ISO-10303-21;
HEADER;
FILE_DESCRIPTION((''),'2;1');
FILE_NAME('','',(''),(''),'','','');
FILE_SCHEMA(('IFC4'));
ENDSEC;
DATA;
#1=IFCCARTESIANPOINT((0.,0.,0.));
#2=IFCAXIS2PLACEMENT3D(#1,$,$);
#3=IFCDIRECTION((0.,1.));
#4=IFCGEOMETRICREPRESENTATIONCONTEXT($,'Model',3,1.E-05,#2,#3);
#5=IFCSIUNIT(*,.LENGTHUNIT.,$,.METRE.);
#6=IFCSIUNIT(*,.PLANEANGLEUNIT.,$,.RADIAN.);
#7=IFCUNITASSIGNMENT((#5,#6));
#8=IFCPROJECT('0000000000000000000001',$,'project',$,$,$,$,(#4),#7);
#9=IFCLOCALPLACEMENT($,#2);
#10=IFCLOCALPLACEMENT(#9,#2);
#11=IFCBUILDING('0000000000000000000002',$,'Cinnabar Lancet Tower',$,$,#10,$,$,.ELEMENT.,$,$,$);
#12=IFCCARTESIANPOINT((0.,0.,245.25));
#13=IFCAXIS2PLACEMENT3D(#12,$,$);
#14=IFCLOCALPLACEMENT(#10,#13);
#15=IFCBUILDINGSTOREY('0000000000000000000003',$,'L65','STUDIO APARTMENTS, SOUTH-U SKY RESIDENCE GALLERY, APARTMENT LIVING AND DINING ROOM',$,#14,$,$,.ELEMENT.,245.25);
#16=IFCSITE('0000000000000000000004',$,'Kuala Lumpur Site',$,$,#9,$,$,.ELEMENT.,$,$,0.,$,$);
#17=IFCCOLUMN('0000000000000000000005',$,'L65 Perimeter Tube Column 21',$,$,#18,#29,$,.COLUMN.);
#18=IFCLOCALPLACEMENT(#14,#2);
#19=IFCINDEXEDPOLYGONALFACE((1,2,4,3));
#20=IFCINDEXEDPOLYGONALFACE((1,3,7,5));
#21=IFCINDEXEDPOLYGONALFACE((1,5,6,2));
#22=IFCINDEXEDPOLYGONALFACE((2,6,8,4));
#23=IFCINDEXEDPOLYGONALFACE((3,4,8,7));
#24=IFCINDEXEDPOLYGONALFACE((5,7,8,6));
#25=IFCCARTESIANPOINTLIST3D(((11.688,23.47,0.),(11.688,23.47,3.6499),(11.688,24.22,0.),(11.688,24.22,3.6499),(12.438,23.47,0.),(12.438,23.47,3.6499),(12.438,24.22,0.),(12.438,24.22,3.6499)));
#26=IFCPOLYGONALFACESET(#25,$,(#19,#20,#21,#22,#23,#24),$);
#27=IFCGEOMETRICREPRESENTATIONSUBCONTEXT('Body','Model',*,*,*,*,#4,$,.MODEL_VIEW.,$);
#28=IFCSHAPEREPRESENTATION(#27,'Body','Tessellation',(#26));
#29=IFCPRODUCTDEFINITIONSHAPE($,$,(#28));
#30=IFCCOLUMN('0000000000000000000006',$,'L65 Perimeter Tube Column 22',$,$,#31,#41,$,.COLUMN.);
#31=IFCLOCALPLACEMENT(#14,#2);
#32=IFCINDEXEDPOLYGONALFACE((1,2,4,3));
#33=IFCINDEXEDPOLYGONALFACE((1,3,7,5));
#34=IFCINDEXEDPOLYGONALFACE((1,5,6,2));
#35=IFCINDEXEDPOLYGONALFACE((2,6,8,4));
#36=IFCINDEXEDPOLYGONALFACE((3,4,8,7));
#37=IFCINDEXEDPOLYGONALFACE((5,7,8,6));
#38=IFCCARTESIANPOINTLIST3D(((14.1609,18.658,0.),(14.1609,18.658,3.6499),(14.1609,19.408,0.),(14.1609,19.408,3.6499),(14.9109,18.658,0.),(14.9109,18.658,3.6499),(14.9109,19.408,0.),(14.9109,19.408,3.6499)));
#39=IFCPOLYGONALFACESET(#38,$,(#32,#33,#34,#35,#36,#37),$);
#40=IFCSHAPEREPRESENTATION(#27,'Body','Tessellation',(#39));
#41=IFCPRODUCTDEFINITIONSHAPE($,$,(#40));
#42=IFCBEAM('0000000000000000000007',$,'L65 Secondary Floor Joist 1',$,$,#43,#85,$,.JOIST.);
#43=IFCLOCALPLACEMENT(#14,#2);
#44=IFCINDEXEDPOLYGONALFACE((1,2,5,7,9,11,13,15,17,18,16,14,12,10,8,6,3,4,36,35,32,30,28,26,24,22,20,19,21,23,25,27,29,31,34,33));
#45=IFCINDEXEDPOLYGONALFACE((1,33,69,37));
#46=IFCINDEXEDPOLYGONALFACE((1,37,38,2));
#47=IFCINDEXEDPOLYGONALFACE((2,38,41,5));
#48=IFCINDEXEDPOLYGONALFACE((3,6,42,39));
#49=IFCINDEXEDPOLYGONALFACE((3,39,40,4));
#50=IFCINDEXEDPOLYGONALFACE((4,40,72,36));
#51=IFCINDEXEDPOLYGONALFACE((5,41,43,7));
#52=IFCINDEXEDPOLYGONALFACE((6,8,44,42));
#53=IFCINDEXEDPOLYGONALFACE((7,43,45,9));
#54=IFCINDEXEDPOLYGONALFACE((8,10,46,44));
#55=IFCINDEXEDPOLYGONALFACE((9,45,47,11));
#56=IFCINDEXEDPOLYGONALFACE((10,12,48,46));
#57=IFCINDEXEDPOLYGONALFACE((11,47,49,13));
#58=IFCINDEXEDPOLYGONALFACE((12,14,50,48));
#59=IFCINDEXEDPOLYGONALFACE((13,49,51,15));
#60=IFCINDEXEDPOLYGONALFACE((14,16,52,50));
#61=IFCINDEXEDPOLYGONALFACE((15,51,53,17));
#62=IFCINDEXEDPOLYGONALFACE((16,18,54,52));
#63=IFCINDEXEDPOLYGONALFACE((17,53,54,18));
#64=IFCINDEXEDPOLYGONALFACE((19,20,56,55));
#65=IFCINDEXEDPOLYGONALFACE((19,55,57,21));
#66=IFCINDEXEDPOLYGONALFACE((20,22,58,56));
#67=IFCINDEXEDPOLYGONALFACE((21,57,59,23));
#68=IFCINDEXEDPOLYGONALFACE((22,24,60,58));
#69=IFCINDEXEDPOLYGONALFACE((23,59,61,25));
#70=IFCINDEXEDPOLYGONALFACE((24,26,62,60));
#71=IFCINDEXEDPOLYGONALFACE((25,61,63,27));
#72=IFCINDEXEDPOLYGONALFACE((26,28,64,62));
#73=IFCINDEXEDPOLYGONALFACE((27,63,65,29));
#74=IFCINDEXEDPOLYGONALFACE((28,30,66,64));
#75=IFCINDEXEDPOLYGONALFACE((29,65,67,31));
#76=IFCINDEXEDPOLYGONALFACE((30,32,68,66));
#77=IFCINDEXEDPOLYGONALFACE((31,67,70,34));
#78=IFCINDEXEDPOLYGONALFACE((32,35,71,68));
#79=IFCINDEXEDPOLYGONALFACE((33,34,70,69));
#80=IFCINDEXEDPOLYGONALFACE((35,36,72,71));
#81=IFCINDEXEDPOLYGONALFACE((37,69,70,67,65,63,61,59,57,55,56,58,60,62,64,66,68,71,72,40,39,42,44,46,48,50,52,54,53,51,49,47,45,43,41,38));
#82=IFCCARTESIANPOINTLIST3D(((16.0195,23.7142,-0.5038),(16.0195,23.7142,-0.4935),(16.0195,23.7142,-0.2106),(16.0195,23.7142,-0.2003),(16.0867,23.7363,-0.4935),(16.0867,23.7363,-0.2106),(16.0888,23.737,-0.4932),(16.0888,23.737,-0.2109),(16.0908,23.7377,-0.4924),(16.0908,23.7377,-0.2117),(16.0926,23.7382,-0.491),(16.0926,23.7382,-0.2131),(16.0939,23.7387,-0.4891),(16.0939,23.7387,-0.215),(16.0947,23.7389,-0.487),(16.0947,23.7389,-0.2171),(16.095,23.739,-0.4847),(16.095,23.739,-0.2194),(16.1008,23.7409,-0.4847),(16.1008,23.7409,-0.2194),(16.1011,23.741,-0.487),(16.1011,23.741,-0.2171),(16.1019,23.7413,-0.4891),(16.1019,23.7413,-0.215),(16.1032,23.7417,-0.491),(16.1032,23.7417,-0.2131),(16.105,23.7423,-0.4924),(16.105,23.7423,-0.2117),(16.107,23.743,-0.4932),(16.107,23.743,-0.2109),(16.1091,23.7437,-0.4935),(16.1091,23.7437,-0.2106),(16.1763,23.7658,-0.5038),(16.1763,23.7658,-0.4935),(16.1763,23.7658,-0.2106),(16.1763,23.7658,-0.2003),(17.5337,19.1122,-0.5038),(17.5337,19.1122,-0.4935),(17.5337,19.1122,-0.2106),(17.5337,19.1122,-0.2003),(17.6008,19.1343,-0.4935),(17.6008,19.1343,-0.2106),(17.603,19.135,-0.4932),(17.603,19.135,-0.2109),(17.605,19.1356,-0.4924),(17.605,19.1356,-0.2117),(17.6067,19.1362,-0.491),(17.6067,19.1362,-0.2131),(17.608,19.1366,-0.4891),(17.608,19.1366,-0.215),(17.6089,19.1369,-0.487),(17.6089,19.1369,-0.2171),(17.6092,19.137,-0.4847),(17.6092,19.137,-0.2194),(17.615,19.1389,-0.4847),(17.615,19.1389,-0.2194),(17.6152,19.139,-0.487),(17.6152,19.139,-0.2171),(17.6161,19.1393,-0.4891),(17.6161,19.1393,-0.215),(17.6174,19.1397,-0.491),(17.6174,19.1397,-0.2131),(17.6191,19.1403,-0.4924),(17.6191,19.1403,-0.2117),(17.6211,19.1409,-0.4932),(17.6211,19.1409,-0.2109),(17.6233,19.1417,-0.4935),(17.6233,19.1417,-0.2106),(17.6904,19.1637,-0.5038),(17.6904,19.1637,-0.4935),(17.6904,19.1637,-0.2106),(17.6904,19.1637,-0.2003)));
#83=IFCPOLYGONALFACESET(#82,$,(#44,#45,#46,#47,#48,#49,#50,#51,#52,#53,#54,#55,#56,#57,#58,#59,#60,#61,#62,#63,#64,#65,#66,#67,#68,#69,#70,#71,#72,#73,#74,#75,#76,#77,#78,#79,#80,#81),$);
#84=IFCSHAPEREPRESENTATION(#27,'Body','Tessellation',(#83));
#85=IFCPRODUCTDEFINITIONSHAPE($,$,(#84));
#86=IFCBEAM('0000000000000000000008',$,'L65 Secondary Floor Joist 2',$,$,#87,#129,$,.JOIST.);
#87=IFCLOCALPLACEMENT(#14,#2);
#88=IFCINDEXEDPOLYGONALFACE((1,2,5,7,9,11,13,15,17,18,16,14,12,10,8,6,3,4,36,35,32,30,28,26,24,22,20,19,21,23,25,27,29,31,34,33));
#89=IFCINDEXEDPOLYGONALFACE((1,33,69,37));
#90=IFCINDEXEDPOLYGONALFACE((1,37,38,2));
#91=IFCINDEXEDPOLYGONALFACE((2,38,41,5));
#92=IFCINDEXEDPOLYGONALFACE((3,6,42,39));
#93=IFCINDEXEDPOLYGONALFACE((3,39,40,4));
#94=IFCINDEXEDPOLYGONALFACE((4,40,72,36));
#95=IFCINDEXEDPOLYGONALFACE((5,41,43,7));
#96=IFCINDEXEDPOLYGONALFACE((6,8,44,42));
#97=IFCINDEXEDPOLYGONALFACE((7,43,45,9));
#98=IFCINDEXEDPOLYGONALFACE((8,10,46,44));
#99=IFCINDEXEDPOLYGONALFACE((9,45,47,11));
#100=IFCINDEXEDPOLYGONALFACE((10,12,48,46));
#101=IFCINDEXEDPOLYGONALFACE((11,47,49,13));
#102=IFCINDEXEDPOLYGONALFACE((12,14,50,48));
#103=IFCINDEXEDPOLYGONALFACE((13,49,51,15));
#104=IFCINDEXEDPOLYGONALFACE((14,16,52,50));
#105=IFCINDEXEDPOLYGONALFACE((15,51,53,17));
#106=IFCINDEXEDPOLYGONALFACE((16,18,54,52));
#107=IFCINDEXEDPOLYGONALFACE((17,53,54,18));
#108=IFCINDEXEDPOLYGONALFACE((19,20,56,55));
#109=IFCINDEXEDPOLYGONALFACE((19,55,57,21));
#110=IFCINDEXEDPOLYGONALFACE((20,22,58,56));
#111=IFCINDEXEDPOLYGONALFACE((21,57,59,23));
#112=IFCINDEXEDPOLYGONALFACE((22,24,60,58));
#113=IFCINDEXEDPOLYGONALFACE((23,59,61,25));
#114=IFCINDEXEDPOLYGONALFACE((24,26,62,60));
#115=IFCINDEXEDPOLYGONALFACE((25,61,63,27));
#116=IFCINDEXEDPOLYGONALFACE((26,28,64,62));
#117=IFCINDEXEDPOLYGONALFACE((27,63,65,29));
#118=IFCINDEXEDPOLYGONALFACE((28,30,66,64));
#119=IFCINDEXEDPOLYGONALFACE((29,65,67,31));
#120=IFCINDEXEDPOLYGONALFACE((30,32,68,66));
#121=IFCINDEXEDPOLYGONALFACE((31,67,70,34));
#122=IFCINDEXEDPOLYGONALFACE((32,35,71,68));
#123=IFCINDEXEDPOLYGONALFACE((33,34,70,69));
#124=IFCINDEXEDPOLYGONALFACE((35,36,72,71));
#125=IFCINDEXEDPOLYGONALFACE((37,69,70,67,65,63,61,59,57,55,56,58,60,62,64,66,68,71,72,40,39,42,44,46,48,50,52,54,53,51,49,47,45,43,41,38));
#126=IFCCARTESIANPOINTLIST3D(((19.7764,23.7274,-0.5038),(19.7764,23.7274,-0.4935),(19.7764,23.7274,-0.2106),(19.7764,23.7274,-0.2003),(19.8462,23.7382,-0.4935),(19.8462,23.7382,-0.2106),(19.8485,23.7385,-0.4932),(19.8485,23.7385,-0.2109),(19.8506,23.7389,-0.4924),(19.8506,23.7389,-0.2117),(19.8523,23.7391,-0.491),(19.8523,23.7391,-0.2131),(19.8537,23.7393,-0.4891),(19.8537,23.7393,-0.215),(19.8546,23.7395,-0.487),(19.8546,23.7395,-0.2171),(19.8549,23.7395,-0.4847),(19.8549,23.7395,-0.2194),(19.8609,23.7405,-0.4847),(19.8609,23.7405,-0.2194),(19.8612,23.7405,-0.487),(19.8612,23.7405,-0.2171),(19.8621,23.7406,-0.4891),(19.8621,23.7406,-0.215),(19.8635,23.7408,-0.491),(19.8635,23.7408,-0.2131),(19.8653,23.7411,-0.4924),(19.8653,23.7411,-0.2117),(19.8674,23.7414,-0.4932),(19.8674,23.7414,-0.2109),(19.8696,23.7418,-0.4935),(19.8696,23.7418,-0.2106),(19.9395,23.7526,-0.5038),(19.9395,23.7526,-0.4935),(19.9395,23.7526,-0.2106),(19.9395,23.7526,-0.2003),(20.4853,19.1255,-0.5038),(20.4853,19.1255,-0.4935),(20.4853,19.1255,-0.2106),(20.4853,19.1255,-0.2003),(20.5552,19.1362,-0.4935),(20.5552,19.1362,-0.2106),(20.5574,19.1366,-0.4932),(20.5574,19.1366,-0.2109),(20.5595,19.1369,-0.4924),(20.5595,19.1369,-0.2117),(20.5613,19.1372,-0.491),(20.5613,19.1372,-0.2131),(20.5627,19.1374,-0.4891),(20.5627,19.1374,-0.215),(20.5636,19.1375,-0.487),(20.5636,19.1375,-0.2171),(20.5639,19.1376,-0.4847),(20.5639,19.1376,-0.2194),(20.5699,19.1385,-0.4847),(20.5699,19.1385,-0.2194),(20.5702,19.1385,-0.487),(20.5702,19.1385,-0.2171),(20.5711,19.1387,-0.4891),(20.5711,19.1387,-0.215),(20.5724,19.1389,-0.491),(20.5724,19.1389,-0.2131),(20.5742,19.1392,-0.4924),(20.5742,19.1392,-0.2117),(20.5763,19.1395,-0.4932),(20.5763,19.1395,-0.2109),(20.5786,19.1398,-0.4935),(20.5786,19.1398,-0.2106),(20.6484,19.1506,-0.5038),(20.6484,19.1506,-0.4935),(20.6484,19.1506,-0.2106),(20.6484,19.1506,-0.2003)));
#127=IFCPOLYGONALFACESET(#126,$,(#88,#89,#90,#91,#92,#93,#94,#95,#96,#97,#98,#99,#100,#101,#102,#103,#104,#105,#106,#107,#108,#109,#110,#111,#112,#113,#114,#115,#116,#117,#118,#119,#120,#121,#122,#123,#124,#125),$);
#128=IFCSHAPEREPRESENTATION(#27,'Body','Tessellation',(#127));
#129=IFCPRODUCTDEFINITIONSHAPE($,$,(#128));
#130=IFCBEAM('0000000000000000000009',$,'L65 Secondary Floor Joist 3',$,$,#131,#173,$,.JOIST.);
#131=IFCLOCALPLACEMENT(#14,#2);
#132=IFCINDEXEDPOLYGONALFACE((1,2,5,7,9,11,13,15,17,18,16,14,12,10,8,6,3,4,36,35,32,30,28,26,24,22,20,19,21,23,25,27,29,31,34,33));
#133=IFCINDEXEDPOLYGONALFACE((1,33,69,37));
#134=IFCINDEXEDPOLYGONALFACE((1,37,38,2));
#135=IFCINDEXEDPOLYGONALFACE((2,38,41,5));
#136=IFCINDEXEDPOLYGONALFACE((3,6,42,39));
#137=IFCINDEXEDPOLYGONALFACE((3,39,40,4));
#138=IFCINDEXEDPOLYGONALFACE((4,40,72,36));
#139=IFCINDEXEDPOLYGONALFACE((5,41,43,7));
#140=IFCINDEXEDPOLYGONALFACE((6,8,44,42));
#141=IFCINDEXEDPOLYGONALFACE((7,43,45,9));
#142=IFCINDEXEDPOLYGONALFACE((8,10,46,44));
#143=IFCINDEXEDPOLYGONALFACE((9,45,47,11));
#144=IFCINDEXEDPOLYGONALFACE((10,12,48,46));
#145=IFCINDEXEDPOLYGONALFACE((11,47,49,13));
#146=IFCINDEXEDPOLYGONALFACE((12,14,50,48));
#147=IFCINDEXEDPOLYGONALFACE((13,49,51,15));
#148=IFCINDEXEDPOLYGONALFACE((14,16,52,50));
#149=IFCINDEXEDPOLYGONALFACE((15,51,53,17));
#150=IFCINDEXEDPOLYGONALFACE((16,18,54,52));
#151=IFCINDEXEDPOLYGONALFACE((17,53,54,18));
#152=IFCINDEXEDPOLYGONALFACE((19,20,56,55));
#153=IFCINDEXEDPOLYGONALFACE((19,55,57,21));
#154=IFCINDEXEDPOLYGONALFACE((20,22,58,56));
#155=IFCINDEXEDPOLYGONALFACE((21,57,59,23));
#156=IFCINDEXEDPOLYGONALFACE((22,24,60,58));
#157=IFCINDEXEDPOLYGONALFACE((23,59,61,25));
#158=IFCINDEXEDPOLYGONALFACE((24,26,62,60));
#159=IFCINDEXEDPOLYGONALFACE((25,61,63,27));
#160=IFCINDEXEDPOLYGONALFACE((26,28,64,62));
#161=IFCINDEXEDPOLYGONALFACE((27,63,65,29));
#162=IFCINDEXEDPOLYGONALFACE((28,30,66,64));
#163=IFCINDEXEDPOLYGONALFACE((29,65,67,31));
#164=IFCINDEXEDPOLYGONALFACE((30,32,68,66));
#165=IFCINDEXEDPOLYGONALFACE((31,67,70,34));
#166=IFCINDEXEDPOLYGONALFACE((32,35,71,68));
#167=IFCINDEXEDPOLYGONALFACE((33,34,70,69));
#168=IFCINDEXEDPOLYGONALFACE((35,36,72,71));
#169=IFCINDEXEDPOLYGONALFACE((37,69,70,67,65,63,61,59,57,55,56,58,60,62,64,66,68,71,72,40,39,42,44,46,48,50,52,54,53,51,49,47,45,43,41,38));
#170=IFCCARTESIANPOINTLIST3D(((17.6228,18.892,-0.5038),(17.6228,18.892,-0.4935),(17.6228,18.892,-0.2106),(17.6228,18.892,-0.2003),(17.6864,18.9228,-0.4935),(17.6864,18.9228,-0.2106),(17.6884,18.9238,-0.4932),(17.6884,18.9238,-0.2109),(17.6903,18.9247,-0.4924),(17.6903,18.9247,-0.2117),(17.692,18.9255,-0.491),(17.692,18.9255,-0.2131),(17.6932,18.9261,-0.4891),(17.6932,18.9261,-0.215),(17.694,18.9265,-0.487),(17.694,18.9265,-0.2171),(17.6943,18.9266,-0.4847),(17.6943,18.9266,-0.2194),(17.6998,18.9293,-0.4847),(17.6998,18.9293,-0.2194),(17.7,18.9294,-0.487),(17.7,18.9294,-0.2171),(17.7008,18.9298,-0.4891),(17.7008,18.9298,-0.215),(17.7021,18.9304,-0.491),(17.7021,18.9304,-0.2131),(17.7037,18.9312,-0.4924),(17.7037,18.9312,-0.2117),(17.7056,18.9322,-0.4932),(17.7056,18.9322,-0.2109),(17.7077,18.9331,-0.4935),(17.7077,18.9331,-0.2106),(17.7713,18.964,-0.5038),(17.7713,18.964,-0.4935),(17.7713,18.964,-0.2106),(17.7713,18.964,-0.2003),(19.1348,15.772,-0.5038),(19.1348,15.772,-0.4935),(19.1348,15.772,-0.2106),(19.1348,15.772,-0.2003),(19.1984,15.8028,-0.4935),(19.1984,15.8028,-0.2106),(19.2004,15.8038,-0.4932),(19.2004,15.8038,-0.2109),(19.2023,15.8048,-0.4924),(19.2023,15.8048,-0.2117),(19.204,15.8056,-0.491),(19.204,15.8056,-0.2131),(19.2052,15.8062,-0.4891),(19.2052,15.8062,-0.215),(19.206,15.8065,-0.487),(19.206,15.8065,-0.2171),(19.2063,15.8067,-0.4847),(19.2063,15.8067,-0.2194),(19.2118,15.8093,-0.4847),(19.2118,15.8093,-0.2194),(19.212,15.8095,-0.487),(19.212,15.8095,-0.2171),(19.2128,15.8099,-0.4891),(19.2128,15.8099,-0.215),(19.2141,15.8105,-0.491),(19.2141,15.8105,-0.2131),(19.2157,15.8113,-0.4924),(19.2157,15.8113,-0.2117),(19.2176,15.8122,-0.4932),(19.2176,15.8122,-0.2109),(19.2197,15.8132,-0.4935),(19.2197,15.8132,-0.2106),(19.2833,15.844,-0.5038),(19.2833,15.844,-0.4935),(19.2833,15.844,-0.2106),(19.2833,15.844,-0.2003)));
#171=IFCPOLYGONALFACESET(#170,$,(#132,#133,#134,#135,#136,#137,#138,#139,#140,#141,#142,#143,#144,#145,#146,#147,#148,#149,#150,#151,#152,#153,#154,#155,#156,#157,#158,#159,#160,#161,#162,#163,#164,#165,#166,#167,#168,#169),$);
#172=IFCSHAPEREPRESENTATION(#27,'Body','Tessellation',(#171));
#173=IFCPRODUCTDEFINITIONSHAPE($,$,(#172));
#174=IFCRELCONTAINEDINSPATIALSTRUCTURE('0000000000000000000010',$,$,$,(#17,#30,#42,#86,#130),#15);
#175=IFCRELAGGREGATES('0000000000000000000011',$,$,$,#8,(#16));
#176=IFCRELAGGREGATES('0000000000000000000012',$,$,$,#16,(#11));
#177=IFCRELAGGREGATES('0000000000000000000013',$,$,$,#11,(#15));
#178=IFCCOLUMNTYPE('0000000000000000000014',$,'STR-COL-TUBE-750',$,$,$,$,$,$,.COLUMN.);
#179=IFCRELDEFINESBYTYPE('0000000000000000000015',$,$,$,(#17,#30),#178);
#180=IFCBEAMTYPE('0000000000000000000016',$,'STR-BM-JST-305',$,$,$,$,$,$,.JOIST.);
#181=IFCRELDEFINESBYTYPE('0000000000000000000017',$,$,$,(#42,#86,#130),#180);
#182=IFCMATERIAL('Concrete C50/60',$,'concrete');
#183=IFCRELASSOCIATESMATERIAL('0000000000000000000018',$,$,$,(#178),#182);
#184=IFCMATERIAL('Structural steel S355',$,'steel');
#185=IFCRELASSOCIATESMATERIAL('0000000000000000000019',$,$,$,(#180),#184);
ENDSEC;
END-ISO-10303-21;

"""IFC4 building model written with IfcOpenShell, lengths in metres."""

from ifc_helpers import new_model, si_unit, direction, frame, origin, origin_2d, place, context, subcontext, project, spatial, rectangle, i_section, extrude, material, material_profile, profile_set, type_object, element, save


model = new_model("IFC4")

# Units and contexts
model_context = context("Model", 3, precision=1e-05, world=origin(), true_north=direction((0.0, 1.0)))
body_context = subcontext(model_context, "Body", "Model", "MODEL_VIEW")
ifc_project = project(units=[si_unit("LENGTHUNIT", "METRE"), si_unit("PLANEANGLEUNIT", "RADIAN")], contexts=[model_context])

# Site, building, storey
site_placement = place(None, origin())
site = spatial("IfcSite", under=ifc_project, at=site_placement, Name="Kuala Lumpur Site", CompositionType="ELEMENT", RefElevation=0.0)
building_placement = place(site_placement, origin())
building = spatial("IfcBuilding", under=site, at=building_placement, Name="Cinnabar Lancet Tower", CompositionType="ELEMENT")
storey_placement = place(building_placement, frame((0.0, 0.0, 245.25)))
storey = spatial("IfcBuildingStorey", under=building, at=storey_placement, Name="L65", Description="STUDIO APARTMENTS, SOUTH-U SKY RESIDENCE GALLERY, APARTMENT LIVING AND DINING ROOM", CompositionType="ELEMENT", Elevation=245.25)

# Columns
ifc_material_1 = material(Name="Concrete C50/60", Category="concrete")
ifc_material_profile_1 = material_profile(ifc_material_1, rectangle(XDim=0.75, YDim=0.75, at=origin_2d()), Name="RC-COL 750x750")
ifc_profile_set_1 = profile_set([ifc_material_profile_1], Name="Concrete C50/60")
column_type = type_object("IfcColumnType", Name="STR-COL-TUBE-750", PredefinedType="COLUMN", material=ifc_profile_set_1)
for number, where, z_axis, x_axis, name in (
    (1, (12.063, 23.845, 0.0), (0.0, 0.0, 1.0), (1.0, 0.0, 0.0), "L65 Perimeter Tube Column 21"),
    (2, (14.5359, 19.033, 0.0), (0.0, 0.0, 1.0), (1.0, 0.0, 0.0), "L65 Perimeter Tube Column 22"),
):
    element("IfcColumn", number, at=place(storey_placement, frame(where, z_axis=z_axis, x_axis=x_axis)), inside=storey, type_object=column_type, Name=name, PredefinedType="COLUMN", context=body_context, shape_type="SweptSolid", body=[
        extrude(rectangle(XDim=0.75, YDim=0.75, at=origin_2d()), origin(), (0.0, 0.0, 1.0), 3.6499),
    ])

# Beams
ifc_material_2 = material(Name="Structural steel S355", Category="steel")
ifc_material_profile_2 = material_profile(ifc_material_2, i_section(OverallWidth=0.165, OverallDepth=0.3035, WebThickness=0.0061, FlangeThickness=0.0103, FilletRadius=0.0088, at=origin_2d()), Name="UKB 305x165x40")
ifc_profile_set_2 = profile_set([ifc_material_profile_2], Name="Structural steel S355")
beam_type_1 = type_object("IfcBeamType", Name="STR-BM-JST-305", PredefinedType="JOIST", material=ifc_profile_set_2)
beam_1_placement = place(storey_placement, frame((16.0979, 23.74, -0.3521), z_axis=(0.312537, -0.949906, 0.0), x_axis=(0.949906, 0.312537, 0.0)))
element("IfcBeam", 3, at=beam_1_placement, inside=storey, type_object=beam_type_1, Name="L65 Secondary Floor Joist 1", PredefinedType="JOIST", context=body_context, shape_type="SweptSolid", body=[
    extrude(i_section(OverallWidth=0.165, OverallDepth=0.3035, WebThickness=0.0061, FlangeThickness=0.0103, FilletRadius=0.0088, at=origin_2d()), origin(), (0.0, 0.0, 1.0), 4.8447),
])
beam_2_placement = place(storey_placement, frame((19.8579, 23.74, -0.3521), z_axis=(0.152262, -0.98834, 0.0), x_axis=(0.98834, 0.152262, 0.0)))
element("IfcBeam", 4, at=beam_2_placement, inside=storey, type_object=beam_type_1, Name="L65 Secondary Floor Joist 2", PredefinedType="JOIST", context=body_context, shape_type="SweptSolid", body=[
    extrude(i_section(OverallWidth=0.165, OverallDepth=0.3035, WebThickness=0.0061, FlangeThickness=0.0103, FilletRadius=0.0088, at=origin_2d()), origin(), (0.0, 0.0, 1.0), 4.6562),
])
beam_3_placement = place(storey_placement, frame((17.697, 18.928, -0.3521), z_axis=(0.436109, -0.899894, 0.0), x_axis=(0.899894, 0.436109, 0.0)))
element("IfcBeam", 5, at=beam_3_placement, inside=storey, type_object=beam_type_1, Name="L65 Secondary Floor Joist 3", PredefinedType="JOIST", context=body_context, shape_type="SweptSolid", body=[
    extrude(i_section(OverallWidth=0.165, OverallDepth=0.3035, WebThickness=0.0061, FlangeThickness=0.0103, FilletRadius=0.0088, at=origin_2d()), origin(), (0.0, 0.0, 1.0), 3.467),
])

save(model, "model.ifc")
